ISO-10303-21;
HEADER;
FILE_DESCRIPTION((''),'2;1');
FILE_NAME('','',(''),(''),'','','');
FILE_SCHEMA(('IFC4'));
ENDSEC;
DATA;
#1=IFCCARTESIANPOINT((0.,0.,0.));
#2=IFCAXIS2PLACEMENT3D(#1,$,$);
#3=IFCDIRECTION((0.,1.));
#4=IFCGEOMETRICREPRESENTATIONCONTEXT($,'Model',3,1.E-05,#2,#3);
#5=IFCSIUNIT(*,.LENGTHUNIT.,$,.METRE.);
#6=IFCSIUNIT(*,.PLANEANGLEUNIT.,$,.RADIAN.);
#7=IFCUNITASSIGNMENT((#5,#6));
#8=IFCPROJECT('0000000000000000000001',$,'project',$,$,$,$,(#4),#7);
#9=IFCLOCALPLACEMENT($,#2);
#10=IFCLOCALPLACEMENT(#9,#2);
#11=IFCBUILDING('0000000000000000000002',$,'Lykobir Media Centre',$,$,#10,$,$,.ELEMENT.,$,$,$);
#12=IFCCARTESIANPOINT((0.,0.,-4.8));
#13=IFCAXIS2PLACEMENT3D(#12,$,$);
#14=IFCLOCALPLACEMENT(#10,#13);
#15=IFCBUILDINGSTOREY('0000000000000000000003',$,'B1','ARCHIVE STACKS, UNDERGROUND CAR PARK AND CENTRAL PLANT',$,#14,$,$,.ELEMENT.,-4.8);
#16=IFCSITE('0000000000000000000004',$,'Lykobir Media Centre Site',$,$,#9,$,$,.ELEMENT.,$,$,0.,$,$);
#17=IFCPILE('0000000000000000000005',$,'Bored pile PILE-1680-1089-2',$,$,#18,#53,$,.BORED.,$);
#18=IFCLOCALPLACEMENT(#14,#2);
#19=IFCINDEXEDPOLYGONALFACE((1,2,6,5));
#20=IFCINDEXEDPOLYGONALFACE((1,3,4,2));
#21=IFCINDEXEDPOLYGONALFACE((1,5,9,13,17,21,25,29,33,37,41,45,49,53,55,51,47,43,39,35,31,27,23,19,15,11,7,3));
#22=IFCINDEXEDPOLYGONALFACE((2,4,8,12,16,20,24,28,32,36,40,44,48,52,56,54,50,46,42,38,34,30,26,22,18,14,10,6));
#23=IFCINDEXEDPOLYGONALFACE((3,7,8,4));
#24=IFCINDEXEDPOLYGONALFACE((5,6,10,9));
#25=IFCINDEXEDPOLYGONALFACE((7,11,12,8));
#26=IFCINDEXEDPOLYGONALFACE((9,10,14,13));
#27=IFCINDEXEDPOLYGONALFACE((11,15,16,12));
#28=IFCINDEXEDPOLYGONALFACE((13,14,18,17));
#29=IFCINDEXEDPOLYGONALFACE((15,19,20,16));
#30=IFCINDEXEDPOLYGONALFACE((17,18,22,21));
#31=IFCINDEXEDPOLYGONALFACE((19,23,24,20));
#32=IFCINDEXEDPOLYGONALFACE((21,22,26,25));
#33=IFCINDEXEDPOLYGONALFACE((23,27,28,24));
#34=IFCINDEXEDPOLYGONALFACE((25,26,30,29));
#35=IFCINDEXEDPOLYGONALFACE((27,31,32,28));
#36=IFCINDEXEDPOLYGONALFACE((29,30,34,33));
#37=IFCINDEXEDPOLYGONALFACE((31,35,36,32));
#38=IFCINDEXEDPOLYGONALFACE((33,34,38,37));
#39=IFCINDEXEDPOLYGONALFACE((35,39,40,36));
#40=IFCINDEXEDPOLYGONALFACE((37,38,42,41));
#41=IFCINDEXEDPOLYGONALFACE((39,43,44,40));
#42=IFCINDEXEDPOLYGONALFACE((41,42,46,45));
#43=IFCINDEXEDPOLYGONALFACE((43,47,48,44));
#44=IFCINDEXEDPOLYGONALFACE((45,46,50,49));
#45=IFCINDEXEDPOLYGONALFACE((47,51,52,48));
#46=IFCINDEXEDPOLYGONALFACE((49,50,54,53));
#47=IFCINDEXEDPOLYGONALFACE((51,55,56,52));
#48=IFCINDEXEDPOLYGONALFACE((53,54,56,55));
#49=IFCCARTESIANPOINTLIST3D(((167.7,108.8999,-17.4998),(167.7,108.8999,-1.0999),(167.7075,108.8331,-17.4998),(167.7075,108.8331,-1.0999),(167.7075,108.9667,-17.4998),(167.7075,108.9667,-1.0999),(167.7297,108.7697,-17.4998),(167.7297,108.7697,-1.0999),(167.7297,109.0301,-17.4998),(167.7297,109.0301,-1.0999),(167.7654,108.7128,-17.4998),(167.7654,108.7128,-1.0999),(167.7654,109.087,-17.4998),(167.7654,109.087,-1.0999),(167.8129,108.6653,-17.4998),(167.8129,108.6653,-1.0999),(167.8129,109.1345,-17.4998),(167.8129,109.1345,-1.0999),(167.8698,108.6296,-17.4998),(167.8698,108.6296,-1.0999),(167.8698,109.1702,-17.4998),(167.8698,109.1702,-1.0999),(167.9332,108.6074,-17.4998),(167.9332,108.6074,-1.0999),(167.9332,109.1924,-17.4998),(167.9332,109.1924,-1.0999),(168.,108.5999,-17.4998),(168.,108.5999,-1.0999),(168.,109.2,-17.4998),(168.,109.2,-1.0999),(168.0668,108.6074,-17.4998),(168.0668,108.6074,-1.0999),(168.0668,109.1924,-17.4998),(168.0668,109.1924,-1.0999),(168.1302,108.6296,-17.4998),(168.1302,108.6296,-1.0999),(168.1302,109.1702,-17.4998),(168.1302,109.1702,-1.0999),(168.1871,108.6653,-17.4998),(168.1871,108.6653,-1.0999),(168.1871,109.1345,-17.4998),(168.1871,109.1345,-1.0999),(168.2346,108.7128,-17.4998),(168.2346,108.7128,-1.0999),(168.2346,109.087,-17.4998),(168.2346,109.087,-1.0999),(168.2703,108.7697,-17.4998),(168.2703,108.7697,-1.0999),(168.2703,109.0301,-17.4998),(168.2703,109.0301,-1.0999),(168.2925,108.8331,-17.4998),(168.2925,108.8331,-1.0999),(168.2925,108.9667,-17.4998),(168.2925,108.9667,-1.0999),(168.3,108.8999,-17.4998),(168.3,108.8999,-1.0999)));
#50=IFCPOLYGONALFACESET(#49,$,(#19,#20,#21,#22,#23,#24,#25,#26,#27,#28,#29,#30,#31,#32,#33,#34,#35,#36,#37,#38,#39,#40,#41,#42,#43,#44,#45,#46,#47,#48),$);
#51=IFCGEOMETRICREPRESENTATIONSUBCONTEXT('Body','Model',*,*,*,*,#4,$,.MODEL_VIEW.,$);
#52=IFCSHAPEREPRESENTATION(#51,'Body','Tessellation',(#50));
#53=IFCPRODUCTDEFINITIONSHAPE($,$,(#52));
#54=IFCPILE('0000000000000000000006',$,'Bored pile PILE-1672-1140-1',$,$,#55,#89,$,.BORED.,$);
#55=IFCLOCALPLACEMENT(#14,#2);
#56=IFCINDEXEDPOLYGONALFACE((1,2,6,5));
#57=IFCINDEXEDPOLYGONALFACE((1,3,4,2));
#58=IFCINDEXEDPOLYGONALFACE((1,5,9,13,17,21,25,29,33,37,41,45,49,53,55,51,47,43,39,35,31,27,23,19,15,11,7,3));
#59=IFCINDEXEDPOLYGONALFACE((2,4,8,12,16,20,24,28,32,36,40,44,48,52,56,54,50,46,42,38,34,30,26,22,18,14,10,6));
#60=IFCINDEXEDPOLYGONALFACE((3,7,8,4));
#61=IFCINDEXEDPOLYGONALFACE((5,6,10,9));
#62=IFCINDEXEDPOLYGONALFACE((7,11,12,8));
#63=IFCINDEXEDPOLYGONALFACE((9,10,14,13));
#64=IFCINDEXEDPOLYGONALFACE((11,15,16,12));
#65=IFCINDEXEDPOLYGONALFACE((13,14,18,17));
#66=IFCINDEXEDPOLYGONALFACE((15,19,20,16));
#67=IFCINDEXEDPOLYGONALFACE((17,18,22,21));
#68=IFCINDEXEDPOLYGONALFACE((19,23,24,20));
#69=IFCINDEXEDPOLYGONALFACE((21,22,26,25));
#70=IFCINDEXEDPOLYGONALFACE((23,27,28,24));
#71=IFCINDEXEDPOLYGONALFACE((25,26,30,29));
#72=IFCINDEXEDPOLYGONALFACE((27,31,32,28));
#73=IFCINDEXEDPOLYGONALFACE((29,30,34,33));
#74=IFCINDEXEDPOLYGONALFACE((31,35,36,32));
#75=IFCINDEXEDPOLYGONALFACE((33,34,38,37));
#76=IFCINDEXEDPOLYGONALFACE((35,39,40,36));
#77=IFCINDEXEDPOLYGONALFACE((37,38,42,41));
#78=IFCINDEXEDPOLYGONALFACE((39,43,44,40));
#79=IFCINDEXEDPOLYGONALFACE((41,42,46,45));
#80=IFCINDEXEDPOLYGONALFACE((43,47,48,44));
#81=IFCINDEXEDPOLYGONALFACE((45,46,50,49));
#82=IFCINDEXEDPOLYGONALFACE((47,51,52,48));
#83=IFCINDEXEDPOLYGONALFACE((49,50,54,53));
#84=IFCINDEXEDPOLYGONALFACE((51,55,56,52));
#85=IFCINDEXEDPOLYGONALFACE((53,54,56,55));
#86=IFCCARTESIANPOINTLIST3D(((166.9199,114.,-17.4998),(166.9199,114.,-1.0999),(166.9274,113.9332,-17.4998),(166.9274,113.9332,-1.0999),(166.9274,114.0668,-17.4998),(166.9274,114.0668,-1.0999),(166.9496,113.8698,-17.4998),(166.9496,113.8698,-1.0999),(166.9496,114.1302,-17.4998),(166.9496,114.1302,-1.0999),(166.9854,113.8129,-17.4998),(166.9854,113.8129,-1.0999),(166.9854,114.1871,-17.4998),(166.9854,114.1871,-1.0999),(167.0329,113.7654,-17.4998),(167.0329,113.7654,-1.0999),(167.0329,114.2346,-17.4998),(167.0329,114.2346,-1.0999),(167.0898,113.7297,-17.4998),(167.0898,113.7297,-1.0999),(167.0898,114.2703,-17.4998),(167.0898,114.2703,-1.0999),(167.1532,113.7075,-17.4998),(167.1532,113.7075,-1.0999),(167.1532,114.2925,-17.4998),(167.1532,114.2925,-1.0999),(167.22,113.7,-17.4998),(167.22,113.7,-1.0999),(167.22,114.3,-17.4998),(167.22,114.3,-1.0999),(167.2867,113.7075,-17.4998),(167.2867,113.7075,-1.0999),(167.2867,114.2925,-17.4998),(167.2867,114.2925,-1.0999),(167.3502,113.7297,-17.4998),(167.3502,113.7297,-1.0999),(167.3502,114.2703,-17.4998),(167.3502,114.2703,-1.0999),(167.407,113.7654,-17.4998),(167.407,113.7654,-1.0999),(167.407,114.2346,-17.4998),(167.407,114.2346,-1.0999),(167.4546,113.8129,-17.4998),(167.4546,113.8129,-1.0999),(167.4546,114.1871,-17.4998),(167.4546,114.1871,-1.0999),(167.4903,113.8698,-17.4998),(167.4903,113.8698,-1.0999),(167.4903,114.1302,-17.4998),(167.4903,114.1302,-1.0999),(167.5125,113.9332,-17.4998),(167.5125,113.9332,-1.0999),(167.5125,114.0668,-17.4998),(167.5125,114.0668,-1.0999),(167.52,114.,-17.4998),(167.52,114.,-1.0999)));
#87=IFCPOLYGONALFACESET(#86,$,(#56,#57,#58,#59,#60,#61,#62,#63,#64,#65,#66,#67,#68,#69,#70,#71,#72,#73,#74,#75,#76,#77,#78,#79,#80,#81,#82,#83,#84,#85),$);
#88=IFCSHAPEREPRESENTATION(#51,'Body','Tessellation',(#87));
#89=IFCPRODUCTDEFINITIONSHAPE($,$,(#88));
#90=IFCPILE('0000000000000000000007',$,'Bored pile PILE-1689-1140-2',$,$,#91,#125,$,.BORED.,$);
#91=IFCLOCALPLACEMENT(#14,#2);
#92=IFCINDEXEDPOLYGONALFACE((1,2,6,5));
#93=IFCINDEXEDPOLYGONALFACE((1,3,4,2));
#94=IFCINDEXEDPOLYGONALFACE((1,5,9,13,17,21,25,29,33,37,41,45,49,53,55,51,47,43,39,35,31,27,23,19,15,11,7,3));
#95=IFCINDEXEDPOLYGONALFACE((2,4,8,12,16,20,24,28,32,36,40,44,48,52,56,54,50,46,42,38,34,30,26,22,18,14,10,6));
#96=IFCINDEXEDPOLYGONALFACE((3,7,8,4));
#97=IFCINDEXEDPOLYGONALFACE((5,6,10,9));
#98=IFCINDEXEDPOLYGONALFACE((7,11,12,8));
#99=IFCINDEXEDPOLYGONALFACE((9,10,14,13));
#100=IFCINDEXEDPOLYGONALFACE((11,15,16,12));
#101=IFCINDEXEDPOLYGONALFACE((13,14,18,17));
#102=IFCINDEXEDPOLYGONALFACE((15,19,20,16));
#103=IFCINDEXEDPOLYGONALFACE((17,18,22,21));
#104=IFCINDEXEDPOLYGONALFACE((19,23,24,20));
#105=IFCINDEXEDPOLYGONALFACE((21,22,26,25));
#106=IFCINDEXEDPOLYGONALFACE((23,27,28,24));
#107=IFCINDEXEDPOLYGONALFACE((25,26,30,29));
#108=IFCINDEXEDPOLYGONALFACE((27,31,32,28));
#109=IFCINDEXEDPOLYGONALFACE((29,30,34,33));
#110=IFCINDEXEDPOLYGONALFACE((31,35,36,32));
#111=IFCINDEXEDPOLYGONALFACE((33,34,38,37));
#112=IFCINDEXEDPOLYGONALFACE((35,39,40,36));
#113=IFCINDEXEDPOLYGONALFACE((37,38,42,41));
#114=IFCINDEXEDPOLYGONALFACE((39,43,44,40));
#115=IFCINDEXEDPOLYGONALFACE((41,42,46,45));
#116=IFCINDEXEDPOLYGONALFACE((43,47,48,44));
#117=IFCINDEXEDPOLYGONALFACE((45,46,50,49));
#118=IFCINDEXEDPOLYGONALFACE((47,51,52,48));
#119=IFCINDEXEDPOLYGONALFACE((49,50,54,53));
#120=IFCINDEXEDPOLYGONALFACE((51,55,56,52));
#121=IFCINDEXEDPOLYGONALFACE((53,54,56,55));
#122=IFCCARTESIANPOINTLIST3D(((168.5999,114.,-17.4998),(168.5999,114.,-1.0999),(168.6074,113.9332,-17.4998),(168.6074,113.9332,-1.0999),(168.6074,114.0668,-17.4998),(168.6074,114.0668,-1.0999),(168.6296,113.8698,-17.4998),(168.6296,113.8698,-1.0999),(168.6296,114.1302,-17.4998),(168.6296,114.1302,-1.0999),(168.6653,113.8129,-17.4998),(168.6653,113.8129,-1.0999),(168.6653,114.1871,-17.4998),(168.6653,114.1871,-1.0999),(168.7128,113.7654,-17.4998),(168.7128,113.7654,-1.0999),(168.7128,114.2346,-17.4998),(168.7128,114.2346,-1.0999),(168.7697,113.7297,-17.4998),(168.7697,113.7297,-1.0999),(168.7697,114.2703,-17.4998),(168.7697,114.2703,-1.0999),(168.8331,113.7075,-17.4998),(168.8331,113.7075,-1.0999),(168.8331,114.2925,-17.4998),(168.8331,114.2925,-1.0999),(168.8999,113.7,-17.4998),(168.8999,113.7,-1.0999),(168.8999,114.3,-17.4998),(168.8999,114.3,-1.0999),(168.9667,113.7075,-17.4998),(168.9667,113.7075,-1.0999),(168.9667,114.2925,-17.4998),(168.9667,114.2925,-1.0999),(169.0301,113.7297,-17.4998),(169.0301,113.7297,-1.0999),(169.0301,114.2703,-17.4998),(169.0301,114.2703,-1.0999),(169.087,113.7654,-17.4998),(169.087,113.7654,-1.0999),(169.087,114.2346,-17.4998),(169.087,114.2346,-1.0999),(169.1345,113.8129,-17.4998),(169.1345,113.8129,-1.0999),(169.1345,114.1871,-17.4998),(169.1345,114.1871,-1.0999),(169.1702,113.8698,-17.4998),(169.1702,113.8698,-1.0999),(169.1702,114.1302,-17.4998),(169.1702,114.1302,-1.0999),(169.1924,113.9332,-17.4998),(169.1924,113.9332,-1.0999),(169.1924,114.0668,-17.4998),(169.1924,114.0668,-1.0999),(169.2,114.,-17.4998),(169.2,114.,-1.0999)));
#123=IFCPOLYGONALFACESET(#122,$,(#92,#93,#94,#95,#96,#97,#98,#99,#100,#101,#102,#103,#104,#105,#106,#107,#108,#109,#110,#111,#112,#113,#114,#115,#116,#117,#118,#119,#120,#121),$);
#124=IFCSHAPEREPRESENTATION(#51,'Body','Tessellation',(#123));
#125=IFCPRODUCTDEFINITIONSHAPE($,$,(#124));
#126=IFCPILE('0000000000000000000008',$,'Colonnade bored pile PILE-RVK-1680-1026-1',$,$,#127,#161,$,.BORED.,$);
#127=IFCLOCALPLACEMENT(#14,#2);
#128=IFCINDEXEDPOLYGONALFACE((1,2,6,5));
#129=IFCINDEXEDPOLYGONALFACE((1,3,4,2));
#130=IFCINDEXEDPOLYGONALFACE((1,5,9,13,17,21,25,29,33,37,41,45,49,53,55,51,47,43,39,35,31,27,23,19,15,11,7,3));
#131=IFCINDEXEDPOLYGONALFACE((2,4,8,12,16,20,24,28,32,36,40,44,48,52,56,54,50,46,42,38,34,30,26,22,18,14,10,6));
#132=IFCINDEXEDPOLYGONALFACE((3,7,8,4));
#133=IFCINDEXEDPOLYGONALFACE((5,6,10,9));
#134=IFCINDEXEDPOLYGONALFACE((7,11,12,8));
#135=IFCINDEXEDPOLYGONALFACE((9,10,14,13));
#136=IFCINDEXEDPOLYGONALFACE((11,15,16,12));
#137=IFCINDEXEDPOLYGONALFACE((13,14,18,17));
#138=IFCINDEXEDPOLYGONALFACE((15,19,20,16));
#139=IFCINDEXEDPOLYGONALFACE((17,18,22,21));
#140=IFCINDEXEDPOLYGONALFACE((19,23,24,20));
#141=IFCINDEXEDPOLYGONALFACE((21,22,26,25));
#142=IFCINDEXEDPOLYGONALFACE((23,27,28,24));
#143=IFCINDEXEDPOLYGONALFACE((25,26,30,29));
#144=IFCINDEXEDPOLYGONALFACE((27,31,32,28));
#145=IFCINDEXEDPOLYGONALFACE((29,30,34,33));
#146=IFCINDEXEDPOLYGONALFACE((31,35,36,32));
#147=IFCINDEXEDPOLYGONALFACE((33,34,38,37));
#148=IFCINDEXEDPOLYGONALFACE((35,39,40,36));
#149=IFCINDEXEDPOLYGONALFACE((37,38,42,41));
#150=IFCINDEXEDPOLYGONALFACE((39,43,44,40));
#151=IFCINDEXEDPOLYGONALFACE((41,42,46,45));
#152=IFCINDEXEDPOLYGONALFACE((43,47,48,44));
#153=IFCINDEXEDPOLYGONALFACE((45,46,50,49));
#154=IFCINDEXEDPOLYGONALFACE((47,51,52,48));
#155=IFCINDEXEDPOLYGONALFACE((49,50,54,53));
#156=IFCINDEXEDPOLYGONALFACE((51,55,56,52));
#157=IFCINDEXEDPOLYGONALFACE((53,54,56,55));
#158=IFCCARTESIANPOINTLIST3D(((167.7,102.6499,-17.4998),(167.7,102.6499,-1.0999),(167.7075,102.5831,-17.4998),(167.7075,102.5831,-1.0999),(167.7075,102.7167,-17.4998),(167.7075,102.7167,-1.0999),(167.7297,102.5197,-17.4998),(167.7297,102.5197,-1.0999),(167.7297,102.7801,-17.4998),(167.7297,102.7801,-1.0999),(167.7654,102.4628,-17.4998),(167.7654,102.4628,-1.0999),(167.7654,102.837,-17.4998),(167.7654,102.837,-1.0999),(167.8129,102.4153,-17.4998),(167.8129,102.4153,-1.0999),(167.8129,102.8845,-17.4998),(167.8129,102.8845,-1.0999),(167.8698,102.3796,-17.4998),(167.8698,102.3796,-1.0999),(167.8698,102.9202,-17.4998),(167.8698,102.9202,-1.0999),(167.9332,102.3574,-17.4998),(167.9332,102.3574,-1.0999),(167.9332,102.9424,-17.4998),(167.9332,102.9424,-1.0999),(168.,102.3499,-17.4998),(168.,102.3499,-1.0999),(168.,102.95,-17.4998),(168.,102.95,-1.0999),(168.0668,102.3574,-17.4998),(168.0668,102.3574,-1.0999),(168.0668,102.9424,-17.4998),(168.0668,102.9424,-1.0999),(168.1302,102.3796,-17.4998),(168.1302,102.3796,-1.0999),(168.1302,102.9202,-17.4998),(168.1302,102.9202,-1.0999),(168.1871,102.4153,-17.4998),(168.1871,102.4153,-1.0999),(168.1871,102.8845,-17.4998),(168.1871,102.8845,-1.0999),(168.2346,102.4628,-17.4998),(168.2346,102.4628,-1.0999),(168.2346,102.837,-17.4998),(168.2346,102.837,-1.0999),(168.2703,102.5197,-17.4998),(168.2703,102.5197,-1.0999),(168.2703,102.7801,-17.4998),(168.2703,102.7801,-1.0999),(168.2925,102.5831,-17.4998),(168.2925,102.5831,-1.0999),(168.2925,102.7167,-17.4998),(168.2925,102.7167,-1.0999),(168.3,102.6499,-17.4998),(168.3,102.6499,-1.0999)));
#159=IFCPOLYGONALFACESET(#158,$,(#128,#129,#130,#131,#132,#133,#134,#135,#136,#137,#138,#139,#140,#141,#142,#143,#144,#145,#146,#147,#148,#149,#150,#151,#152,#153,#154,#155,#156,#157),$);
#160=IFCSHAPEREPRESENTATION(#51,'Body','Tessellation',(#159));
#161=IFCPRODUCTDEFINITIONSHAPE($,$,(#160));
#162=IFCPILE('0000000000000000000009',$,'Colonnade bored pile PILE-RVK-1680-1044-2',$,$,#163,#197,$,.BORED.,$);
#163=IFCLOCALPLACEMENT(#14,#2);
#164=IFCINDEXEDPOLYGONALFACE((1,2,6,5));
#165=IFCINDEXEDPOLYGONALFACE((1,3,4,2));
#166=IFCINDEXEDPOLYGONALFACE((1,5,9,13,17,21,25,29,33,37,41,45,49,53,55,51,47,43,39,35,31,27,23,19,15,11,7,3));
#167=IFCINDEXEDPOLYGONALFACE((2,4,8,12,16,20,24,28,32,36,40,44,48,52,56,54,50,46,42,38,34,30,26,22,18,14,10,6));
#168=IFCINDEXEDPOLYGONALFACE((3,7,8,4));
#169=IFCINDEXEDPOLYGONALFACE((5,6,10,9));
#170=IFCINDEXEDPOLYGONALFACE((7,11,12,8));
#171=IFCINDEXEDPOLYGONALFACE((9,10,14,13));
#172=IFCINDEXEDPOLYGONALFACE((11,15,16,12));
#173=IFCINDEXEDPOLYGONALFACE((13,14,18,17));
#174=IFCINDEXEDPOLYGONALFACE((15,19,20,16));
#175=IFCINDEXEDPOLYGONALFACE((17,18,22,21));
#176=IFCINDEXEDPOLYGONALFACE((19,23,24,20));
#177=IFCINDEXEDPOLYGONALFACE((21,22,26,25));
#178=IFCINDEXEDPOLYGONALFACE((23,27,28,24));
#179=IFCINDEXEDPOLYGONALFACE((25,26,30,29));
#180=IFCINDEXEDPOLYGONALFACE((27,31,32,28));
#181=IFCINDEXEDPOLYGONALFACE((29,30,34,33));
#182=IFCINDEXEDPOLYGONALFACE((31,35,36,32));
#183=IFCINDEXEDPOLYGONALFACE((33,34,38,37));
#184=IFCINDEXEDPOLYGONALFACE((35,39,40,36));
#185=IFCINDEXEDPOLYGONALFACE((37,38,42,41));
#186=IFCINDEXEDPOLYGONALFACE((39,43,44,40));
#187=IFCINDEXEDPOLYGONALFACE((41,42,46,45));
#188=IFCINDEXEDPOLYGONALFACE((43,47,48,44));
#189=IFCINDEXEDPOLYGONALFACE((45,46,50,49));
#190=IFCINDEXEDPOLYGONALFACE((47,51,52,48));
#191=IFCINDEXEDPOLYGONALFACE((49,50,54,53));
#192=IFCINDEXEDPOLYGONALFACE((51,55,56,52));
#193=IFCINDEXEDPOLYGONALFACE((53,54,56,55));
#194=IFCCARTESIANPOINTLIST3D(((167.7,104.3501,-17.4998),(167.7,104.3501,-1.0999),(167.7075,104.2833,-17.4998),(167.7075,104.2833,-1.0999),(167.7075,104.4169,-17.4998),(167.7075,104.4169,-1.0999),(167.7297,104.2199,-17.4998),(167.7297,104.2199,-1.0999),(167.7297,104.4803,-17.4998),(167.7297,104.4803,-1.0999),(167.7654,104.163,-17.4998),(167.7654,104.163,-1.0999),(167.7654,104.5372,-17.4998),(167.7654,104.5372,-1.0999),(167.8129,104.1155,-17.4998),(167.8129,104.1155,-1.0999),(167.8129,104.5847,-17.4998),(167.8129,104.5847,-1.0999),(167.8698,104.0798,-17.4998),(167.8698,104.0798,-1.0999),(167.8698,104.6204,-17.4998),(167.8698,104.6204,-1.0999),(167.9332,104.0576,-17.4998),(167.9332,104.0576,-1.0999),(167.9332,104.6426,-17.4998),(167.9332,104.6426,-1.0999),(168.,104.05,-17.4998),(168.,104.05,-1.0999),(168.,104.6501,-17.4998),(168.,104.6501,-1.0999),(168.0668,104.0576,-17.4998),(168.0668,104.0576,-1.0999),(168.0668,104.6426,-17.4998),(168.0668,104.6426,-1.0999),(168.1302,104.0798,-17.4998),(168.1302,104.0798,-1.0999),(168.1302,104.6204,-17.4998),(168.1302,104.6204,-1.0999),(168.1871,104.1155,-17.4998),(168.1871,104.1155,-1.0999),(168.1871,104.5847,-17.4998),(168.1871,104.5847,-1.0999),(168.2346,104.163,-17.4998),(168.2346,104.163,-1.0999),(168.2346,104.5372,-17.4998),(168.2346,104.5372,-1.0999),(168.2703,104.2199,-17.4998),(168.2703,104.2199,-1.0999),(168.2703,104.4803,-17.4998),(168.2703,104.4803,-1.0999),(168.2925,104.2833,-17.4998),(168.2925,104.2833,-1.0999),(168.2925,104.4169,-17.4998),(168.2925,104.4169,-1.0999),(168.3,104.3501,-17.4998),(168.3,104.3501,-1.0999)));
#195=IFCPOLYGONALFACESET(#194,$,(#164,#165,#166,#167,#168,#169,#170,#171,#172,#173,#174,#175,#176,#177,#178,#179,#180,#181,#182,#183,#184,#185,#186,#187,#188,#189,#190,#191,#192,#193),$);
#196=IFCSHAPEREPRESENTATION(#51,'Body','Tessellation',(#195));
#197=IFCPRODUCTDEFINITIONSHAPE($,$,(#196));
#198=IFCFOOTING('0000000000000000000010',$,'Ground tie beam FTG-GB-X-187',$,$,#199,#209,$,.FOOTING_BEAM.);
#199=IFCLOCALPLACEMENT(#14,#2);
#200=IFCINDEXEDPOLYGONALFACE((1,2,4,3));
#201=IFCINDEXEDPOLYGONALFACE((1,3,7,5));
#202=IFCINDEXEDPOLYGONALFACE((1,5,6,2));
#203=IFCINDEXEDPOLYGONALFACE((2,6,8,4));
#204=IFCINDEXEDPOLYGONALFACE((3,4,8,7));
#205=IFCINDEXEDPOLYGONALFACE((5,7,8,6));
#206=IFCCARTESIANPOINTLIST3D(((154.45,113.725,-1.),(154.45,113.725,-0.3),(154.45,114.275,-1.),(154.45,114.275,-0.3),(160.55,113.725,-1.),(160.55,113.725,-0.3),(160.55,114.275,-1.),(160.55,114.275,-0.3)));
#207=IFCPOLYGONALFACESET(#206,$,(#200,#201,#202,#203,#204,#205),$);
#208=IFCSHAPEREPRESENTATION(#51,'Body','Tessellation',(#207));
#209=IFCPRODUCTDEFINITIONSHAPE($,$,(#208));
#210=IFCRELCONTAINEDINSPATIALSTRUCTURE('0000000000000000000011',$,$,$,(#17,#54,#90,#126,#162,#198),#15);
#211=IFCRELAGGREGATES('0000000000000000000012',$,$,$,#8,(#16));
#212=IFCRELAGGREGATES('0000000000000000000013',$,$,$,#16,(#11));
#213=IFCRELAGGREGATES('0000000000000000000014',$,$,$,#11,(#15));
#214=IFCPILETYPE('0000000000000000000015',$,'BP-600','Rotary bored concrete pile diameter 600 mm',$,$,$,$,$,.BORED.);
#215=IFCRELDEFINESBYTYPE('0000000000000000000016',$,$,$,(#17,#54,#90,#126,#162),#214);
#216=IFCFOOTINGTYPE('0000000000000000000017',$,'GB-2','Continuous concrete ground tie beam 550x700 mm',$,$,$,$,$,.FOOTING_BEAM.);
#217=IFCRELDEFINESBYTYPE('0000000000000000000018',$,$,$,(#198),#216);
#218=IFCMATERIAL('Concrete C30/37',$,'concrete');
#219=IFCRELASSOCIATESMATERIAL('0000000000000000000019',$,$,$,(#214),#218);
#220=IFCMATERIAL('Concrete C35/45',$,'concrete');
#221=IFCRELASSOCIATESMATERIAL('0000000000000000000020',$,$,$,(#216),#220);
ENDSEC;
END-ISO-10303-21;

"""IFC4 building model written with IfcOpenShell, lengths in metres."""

from ifc_helpers import new_model, si_unit, direction, frame, origin, origin_2d, place, context, subcontext, project, spatial, rectangle, circle, extrude, material, material_profile, profile_set, type_object, element, save


model = new_model("IFC4")

# Units and contexts
model_context = context("Model", 3, precision=1e-05, world=origin(), true_north=direction((0.0, 1.0)))
body_context = subcontext(model_context, "Body", "Model", "MODEL_VIEW")
ifc_project = project(units=[si_unit("LENGTHUNIT", "METRE"), si_unit("PLANEANGLEUNIT", "RADIAN")], contexts=[model_context])

# Site, building, storey
site_placement = place(None, origin())
site = spatial("IfcSite", under=ifc_project, at=site_placement, Name="Lykobir Media Centre Site", CompositionType="ELEMENT", RefElevation=0.0)
building_placement = place(site_placement, origin())
building = spatial("IfcBuilding", under=site, at=building_placement, Name="Lykobir Media Centre", CompositionType="ELEMENT")
storey_placement = place(building_placement, frame((0.0, 0.0, -4.8)))
storey = spatial("IfcBuildingStorey", under=building, at=storey_placement, Name="B1", Description="ARCHIVE STACKS, UNDERGROUND CAR PARK AND CENTRAL PLANT", CompositionType="ELEMENT", Elevation=-4.8)

# Piles
ifc_material_1 = material(Name="Concrete C30/37", Category="concrete")
ifc_material_profile_1 = material_profile(ifc_material_1, circle(Radius=0.3, at=origin_2d()), Name="BORED PILE D600")
ifc_profile_set_1 = profile_set([ifc_material_profile_1], Name="Concrete C30/37")
pile_type = type_object("IfcPileType", Name="BP-600", Description="Rotary bored concrete pile diameter 600 mm", PredefinedType="BORED", material=ifc_profile_set_1)
for number, where, z_axis, x_axis, name in (
    (1, (168.0, 108.8999, -1.0999), (0.0, 0.0, -1.0), (1.0, 0.0, 0.0), "Bored pile PILE-1680-1089-2"),
    (2, (167.22, 114.0, -1.0999), (0.0, 0.0, -1.0), (1.0, 0.0, 0.0), "Bored pile PILE-1672-1140-1"),
    (3, (168.8999, 114.0, -1.0999), (0.0, 0.0, -1.0), (1.0, 0.0, 0.0), "Bored pile PILE-1689-1140-2"),
    (4, (168.0, 102.6499, -1.0999), (0.0, 0.0, -1.0), (1.0, 0.0, 0.0), "Colonnade bored pile PILE-RVK-1680-1026-1"),
    (5, (168.0, 104.3501, -1.0999), (0.0, 0.0, -1.0), (1.0, 0.0, 0.0), "Colonnade bored pile PILE-RVK-1680-1044-2"),
):
    element("IfcPile", number, at=place(storey_placement, frame(where, z_axis=z_axis, x_axis=x_axis)), inside=storey, type_object=pile_type, Name=name, PredefinedType="BORED", context=body_context, shape_type="SweptSolid", body=[
        extrude(circle(Radius=0.3, at=origin_2d()), origin(), (0.0, 0.0, 1.0), 16.3999),
    ])

# Footing
ifc_material_2 = material(Name="Concrete C35/45", Category="concrete")
footing_type_1 = type_object("IfcFootingType", Name="GB-2", Description="Continuous concrete ground tie beam 550x700 mm", PredefinedType="FOOTING_BEAM", material=ifc_material_2)
footing_1_placement = place(storey_placement, frame((157.5, 114.0, -1.0), z_axis=(0.0, 0.0, 1.0), x_axis=(1.0, 0.0, 0.0)))
element("IfcFooting", 6, at=footing_1_placement, inside=storey, type_object=footing_type_1, Name="Ground tie beam FTG-GB-X-187", PredefinedType="FOOTING_BEAM", context=body_context, shape_type="SweptSolid", body=[
    extrude(rectangle(XDim=6.1001, YDim=0.55, at=origin_2d()), origin(), (0.0, 0.0, 1.0), 0.7),
])

save(model, "model.ifc")
